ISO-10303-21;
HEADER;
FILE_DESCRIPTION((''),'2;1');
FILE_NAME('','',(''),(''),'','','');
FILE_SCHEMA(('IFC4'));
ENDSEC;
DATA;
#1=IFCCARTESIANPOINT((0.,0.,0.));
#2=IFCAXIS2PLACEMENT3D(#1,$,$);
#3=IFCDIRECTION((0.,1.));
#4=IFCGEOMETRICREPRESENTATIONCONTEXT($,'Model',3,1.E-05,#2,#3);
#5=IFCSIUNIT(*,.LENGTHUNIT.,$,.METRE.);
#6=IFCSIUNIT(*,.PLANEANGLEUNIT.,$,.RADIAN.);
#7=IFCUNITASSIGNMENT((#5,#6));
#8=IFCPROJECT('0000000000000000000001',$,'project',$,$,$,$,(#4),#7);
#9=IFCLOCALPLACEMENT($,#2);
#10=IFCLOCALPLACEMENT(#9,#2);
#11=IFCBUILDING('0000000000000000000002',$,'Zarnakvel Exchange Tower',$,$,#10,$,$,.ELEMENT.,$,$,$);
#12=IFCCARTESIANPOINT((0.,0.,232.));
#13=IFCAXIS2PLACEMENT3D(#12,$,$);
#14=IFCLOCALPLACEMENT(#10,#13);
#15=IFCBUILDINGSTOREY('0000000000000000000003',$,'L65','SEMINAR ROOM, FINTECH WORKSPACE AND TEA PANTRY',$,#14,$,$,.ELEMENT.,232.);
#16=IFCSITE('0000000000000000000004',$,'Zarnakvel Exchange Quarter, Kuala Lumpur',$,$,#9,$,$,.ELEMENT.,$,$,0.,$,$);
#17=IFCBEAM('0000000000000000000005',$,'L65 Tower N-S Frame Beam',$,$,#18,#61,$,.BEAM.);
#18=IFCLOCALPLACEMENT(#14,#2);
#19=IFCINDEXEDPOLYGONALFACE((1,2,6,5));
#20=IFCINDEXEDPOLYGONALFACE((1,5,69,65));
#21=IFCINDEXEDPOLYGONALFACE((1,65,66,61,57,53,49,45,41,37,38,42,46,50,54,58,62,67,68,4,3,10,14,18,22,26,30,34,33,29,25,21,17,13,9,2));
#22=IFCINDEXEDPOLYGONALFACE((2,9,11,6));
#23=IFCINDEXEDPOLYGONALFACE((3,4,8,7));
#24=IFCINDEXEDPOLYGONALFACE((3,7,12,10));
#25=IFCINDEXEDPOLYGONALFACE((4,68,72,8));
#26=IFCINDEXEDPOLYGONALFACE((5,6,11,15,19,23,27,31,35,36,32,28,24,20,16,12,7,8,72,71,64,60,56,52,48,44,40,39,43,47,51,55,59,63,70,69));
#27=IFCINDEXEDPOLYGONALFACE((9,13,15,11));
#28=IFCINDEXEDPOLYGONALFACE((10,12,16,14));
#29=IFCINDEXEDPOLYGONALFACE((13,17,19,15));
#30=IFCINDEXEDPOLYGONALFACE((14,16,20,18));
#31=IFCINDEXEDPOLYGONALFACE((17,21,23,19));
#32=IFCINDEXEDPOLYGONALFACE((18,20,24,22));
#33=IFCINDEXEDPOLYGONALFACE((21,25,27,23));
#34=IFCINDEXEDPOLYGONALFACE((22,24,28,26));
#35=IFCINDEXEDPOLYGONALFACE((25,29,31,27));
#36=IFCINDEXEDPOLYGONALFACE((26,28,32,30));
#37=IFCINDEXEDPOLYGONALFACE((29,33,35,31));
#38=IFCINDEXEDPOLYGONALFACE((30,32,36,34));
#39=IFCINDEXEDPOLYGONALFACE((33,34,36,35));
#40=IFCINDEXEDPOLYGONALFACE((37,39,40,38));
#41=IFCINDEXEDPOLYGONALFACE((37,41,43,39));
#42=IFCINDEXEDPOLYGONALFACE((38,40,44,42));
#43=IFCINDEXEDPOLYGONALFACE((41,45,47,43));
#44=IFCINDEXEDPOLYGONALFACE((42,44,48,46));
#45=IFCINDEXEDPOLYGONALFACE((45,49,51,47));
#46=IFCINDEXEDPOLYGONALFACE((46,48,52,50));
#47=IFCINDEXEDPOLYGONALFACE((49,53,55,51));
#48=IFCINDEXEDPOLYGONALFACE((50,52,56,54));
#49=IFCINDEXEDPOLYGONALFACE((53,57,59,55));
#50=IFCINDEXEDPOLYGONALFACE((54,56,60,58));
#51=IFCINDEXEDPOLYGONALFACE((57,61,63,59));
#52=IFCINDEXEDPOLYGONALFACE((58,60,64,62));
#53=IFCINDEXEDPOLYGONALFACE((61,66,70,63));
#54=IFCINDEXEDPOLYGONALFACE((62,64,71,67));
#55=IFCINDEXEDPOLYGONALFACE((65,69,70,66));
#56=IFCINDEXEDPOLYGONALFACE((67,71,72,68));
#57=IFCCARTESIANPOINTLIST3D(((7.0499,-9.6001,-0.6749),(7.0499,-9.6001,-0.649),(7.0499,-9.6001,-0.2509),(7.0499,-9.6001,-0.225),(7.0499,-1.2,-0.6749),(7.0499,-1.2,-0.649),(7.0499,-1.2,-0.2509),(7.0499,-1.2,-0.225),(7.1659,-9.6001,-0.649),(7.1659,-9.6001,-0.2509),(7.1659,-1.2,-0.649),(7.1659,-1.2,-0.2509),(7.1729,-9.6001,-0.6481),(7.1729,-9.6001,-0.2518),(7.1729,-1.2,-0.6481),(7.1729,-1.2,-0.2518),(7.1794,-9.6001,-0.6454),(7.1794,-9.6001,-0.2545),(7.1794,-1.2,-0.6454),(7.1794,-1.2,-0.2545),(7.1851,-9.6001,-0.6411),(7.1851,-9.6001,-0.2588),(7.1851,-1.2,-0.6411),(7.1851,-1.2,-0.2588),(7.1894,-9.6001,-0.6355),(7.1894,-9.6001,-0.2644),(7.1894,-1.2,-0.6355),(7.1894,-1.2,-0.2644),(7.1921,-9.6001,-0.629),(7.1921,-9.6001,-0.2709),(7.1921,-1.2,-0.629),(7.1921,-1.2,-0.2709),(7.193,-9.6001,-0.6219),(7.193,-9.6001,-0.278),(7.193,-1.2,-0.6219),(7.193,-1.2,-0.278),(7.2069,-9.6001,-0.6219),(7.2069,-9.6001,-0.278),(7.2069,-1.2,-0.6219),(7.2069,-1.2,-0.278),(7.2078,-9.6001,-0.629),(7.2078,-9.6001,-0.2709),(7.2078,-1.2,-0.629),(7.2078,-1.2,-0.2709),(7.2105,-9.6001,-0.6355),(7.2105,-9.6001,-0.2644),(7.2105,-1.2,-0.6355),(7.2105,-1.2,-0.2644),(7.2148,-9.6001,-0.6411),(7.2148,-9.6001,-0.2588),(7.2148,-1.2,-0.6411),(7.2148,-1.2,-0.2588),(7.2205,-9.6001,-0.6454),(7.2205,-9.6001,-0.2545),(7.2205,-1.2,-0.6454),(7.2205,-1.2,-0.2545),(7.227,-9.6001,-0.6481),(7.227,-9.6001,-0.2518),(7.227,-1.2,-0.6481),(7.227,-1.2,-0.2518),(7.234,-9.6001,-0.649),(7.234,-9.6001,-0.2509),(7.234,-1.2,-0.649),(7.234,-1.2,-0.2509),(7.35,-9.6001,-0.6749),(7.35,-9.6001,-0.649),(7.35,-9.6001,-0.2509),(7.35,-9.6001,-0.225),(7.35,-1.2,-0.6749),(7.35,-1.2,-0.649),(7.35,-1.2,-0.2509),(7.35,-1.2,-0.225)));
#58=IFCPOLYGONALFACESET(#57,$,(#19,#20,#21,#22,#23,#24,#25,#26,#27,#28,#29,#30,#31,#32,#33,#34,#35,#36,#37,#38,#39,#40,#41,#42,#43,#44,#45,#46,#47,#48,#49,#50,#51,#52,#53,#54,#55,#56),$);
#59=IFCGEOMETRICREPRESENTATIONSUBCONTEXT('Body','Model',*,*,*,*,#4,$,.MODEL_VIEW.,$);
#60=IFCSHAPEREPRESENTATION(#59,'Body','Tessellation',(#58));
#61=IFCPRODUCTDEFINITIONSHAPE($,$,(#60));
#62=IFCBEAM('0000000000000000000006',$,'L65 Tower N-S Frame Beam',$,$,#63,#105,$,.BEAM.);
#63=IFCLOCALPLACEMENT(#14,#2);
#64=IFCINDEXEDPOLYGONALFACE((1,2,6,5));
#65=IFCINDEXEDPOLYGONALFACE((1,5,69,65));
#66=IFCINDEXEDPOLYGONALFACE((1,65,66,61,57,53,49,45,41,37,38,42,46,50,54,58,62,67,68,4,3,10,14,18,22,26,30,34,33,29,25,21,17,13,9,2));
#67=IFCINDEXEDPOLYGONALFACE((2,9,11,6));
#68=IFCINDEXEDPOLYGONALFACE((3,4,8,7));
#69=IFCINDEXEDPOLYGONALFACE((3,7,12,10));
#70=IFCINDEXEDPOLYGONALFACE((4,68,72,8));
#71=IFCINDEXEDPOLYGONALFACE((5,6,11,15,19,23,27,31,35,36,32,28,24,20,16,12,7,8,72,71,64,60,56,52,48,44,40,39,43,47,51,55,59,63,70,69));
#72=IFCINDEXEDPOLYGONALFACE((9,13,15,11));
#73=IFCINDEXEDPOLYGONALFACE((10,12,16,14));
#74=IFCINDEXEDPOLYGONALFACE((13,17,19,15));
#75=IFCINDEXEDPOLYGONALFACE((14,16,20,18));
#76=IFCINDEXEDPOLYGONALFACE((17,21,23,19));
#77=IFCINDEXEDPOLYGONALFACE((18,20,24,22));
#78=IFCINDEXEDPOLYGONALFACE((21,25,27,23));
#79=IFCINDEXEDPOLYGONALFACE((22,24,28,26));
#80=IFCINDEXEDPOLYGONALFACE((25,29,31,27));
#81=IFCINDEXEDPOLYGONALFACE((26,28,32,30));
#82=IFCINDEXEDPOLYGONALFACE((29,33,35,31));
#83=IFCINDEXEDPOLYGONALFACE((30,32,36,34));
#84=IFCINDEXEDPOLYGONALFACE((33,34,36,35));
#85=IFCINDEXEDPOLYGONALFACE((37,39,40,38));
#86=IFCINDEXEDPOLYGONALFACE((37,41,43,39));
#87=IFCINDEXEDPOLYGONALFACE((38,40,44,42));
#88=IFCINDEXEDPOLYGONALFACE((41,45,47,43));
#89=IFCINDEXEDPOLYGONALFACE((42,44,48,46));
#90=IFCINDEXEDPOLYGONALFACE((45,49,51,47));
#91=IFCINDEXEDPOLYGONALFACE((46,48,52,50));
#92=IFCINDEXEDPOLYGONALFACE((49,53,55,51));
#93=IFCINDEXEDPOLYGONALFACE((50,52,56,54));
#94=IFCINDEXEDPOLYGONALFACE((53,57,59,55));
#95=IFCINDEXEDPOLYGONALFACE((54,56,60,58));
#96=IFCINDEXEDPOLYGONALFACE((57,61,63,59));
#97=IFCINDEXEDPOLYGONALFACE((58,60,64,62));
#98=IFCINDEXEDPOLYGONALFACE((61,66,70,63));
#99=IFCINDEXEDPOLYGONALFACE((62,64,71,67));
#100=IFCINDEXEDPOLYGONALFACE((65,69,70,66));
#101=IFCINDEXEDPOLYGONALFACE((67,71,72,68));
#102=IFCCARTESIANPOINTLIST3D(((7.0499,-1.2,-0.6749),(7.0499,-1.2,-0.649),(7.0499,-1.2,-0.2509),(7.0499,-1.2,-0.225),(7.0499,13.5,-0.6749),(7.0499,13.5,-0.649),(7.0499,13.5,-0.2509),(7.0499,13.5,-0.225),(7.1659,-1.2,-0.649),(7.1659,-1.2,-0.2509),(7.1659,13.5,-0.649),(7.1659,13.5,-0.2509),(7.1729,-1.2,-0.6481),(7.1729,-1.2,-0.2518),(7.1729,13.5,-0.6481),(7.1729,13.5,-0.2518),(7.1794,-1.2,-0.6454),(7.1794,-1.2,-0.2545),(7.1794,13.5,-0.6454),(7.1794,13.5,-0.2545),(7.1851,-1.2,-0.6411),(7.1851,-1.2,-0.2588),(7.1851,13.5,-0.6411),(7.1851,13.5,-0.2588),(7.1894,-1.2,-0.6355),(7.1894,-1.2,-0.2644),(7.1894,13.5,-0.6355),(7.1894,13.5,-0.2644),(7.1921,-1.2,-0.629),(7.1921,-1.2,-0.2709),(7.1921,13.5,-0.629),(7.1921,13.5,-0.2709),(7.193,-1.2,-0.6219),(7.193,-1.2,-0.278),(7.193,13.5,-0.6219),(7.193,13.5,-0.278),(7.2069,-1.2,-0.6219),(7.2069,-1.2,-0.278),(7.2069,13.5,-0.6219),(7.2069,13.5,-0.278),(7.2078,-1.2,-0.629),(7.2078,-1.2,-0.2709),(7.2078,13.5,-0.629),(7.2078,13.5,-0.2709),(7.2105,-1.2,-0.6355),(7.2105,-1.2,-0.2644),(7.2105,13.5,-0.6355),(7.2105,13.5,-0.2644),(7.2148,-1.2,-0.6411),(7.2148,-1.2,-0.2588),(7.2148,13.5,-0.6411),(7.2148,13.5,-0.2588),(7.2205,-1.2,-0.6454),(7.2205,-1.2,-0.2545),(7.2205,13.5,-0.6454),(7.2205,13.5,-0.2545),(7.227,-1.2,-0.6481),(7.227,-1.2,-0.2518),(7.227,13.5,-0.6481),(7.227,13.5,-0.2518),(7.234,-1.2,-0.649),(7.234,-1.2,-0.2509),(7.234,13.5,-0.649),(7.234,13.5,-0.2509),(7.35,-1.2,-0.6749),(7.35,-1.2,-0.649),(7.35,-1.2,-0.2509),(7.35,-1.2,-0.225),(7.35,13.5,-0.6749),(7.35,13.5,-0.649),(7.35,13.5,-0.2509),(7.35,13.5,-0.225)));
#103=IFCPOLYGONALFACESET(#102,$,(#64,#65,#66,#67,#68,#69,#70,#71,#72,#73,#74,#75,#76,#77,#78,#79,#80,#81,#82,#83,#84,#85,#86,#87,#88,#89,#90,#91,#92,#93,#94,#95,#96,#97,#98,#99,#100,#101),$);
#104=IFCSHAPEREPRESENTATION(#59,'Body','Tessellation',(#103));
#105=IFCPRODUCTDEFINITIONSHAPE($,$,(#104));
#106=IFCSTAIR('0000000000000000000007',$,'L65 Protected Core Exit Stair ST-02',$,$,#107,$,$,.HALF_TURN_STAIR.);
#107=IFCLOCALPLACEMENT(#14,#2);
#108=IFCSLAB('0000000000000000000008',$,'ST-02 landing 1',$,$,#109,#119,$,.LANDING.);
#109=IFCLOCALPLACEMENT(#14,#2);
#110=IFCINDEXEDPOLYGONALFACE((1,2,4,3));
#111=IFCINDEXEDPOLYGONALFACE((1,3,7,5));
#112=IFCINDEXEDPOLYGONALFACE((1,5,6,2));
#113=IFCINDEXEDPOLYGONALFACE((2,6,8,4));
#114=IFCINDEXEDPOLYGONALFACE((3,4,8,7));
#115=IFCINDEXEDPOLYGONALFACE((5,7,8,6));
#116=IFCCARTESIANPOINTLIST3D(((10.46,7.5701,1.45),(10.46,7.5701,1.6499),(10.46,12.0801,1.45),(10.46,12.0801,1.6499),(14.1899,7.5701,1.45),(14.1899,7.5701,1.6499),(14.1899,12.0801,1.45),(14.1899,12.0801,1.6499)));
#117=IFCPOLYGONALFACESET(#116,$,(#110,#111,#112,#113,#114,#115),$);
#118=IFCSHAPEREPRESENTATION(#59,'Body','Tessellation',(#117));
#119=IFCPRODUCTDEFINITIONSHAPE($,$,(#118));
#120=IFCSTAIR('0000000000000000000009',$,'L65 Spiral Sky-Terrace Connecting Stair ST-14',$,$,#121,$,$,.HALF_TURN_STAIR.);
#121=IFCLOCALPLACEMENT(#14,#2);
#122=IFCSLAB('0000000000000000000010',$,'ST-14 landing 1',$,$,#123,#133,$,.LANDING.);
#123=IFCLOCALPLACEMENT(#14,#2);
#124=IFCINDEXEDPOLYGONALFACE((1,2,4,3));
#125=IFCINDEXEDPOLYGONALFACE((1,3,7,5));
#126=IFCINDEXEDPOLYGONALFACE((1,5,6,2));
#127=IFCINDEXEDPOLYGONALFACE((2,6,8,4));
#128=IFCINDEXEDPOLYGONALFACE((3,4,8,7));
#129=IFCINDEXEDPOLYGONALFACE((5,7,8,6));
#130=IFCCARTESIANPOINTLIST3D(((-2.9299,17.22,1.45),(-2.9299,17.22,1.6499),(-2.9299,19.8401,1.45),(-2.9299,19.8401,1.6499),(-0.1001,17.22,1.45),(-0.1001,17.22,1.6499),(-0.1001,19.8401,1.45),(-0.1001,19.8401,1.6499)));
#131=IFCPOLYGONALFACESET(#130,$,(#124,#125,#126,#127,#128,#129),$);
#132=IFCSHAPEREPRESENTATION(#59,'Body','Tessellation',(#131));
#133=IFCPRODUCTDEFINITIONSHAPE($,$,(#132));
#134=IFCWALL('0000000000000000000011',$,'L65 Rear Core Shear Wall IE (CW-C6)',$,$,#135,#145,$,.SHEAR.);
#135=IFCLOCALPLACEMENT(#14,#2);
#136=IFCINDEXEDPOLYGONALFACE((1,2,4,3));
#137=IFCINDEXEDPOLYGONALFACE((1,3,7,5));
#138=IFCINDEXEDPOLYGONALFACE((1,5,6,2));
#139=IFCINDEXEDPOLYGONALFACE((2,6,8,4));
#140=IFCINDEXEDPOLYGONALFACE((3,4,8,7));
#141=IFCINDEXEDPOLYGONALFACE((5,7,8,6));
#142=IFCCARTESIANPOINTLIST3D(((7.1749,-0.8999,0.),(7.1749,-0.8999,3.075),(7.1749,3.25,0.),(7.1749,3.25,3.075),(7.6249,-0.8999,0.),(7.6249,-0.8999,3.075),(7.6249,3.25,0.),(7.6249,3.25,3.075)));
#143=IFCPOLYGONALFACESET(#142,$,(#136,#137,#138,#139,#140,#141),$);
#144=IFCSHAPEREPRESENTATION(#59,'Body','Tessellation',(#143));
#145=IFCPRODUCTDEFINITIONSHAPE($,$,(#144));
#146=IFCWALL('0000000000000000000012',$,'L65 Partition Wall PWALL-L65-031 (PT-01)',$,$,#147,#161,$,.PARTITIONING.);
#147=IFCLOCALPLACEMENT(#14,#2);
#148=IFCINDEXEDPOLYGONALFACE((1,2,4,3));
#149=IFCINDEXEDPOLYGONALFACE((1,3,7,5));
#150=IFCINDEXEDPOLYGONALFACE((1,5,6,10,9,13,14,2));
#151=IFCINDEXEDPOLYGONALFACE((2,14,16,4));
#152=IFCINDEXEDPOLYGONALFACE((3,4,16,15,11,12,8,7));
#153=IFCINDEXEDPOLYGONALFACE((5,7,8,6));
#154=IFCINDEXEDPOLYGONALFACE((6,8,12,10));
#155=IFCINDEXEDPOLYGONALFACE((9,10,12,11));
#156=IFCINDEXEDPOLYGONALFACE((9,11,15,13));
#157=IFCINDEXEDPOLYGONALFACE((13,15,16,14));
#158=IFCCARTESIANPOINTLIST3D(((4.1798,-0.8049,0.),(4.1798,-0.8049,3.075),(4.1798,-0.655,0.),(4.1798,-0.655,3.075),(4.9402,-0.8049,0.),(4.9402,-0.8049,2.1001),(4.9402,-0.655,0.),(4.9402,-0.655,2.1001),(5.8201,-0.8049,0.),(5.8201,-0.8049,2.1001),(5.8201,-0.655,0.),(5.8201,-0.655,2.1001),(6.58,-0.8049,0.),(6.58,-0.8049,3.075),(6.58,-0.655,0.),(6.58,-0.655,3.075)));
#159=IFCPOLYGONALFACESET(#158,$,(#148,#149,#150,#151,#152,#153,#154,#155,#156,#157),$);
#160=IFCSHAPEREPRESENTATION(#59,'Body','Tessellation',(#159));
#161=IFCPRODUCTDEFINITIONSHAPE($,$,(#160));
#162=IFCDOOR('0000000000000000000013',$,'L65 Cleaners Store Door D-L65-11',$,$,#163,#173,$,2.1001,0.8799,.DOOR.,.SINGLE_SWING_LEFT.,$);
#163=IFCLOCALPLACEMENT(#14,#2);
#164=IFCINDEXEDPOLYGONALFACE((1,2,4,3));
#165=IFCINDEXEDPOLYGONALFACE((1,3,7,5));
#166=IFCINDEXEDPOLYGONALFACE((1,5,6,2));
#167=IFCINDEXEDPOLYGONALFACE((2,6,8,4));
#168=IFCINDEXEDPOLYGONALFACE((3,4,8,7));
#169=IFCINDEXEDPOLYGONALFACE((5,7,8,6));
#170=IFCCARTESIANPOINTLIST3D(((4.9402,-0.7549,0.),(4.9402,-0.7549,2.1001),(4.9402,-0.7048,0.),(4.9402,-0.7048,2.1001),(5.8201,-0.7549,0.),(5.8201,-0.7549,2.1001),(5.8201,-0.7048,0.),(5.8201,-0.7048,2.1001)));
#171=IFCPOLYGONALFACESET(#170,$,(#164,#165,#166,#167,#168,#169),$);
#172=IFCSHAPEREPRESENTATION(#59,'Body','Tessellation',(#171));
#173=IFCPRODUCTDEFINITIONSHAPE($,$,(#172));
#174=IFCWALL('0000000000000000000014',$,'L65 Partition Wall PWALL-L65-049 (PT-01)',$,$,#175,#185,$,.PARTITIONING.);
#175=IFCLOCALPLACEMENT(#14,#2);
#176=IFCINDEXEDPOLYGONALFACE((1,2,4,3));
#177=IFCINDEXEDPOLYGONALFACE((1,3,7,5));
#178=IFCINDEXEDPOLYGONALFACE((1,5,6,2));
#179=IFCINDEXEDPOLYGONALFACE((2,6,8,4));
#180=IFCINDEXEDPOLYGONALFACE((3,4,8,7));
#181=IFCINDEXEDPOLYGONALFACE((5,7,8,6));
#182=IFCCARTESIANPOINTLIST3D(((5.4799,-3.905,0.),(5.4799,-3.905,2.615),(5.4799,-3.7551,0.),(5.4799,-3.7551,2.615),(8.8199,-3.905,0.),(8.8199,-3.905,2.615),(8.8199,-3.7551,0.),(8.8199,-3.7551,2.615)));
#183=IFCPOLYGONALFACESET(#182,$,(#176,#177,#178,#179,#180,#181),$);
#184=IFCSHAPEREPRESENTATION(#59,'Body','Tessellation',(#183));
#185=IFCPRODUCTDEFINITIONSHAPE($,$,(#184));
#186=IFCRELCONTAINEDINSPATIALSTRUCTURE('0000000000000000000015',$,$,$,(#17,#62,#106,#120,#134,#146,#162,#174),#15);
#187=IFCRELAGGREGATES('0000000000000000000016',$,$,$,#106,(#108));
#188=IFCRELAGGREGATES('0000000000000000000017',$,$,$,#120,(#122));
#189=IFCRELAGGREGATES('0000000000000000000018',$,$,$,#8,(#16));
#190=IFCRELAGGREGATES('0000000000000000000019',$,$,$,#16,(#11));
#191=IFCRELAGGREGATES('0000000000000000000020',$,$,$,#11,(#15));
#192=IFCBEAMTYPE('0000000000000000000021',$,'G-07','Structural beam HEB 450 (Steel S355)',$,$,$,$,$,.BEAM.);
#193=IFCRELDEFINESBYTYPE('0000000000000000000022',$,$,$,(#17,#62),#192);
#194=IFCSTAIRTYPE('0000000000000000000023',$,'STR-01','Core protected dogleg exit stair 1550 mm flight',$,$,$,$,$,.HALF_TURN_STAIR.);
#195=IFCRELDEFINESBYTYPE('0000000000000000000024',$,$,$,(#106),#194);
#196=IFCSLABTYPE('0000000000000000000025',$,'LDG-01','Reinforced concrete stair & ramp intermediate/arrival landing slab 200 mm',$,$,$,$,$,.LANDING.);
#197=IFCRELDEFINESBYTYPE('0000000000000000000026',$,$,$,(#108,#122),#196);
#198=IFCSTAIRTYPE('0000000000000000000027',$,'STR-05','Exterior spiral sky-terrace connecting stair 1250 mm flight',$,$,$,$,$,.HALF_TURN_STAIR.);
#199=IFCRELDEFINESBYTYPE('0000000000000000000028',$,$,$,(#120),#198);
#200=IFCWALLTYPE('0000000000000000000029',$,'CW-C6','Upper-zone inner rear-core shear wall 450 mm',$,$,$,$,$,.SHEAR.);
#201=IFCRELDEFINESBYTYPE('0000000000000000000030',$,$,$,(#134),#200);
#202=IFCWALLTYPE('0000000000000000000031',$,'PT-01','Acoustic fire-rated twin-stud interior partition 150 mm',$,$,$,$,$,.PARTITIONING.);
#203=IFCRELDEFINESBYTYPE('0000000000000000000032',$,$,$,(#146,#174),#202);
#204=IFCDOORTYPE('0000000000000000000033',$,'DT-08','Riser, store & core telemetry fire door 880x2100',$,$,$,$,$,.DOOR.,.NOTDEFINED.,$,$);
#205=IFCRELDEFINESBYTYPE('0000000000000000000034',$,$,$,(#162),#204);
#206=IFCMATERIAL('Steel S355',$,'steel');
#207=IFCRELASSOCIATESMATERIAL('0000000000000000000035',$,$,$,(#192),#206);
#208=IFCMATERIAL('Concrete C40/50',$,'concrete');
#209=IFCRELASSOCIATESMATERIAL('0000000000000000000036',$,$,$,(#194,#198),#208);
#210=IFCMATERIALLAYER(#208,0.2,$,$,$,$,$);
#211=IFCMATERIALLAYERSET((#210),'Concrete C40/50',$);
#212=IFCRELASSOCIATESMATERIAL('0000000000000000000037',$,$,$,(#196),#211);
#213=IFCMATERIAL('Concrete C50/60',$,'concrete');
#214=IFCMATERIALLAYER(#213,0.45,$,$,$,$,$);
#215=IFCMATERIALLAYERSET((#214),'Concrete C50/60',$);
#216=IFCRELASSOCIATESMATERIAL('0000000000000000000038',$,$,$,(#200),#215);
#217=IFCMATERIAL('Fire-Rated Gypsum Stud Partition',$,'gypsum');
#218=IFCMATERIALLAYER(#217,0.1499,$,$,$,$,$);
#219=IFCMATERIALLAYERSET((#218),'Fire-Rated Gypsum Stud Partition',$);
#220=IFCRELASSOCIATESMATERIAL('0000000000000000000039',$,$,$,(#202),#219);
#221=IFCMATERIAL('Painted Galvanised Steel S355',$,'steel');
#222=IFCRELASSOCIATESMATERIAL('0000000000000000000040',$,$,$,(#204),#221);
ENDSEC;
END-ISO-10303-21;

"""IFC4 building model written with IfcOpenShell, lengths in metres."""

from ifc_helpers import new_model, si_unit, direction, frame, frame_2d, origin, origin_2d, place, context, subcontext, project, spatial, polyline, rectangle, i_section, outline, extrude, source, transform, mapped, material, layer, layer_set, material_profile, profile_set, type_object, element, fill, aggregate, save


model = new_model("IFC4")

# Units and contexts
model_context = context("Model", 3, precision=1e-05, world=origin(), true_north=direction((0.0, 1.0)))
body_context = subcontext(model_context, "Body", "Model", "MODEL_VIEW")
ifc_project = project(units=[si_unit("LENGTHUNIT", "METRE"), si_unit("PLANEANGLEUNIT", "RADIAN")], contexts=[model_context])

# Site, building, storey
site_placement = place(None, origin())
site = spatial("IfcSite", under=ifc_project, at=site_placement, Name="Zarnakvel Exchange Quarter, Kuala Lumpur", CompositionType="ELEMENT", RefElevation=0.0)
building_placement = place(site_placement, origin())
building = spatial("IfcBuilding", under=site, at=building_placement, Name="Zarnakvel Exchange Tower", CompositionType="ELEMENT")
storey_placement = place(building_placement, frame((0.0, 0.0, 232.0)))
storey = spatial("IfcBuildingStorey", under=building, at=storey_placement, Name="L65", Description="SEMINAR ROOM, FINTECH WORKSPACE AND TEA PANTRY", CompositionType="ELEMENT", Elevation=232.0)

# Shared definitions
ifc_material_1 = material(Name="Concrete C50/60", Category="concrete")

# Beams
ifc_material_2 = material(Name="Steel S355", Category="steel")
ifc_material_profile_1 = material_profile(ifc_material_2, i_section(OverallWidth=0.3, OverallDepth=0.45, WebThickness=0.0139, FlangeThickness=0.0259, FilletRadius=0.0271, at=origin_2d()))
ifc_profile_set_1 = profile_set([ifc_material_profile_1], Name="Steel S355")
beam_type_1 = type_object("IfcBeamType", Name="G-07", Description="Structural beam HEB 450 (Steel S355)", PredefinedType="BEAM", material=ifc_profile_set_1)
beam_1_placement = place(storey_placement, frame((7.2, -9.6001, -0.45), z_axis=(0.0, 1.0, 0.0), x_axis=(-1.0, 0.0, 0.0)))
element("IfcBeam", 1, at=beam_1_placement, inside=storey, type_object=beam_type_1, Name="L65 Tower N-S Frame Beam", PredefinedType="BEAM", context=body_context, shape_type="SweptSolid", body=[
    extrude(i_section(OverallWidth=0.3, OverallDepth=0.45, WebThickness=0.0139, FlangeThickness=0.0259, FilletRadius=0.0271, at=origin_2d()), origin(), (0.0, 0.0, 1.0), 8.4001),
])
beam_2_placement = place(storey_placement, frame((7.2, -1.2, -0.45), z_axis=(0.0, 1.0, 0.0), x_axis=(-1.0, 0.0, 0.0)))
element("IfcBeam", 2, at=beam_2_placement, inside=storey, type_object=beam_type_1, Name="L65 Tower N-S Frame Beam", PredefinedType="BEAM", context=body_context, shape_type="SweptSolid", body=[
    extrude(i_section(OverallWidth=0.3, OverallDepth=0.45, WebThickness=0.0139, FlangeThickness=0.0259, FilletRadius=0.0271, at=origin_2d()), origin(), (0.0, 0.0, 1.0), 14.7),
])

# Stairs, slabs
ifc_material_3 = material(Name="Concrete C40/50", Category="concrete")
stair_type_1 = type_object("IfcStairType", Name="STR-01", Description="Core protected dogleg exit stair 1550 mm flight", PredefinedType="HALF_TURN_STAIR", material=ifc_material_3)
stair_1_placement = place(storey_placement, origin())
stair_1 = element("IfcStair", 3, at=stair_1_placement, inside=storey, type_object=stair_type_1, Name="L65 Protected Core Exit Stair ST-02", PredefinedType="HALF_TURN_STAIR")
ifc_layer_1 = layer(ifc_material_3, 0.2)
ifc_layer_set_1 = layer_set([ifc_layer_1], Name="Concrete C40/50")
slab_type = type_object("IfcSlabType", Name="LDG-01", Description="Reinforced concrete stair & ramp intermediate/arrival landing slab 200 mm", PredefinedType="LANDING", material=ifc_layer_set_1)
slab_1_placement = place(storey_placement, frame((0.0, 0.0, 1.45)))
slab_1 = element("IfcSlab", 4, at=slab_1_placement, type_object=slab_type, Name="ST-02 landing 1", PredefinedType="LANDING", context=body_context, shape_type="SweptSolid", body=[
    extrude(outline(polyline([(10.46, 7.5701), (14.1899, 7.5701), (14.1899, 12.0801), (10.46, 12.0801), (10.46, 7.5701)])), origin(), (0.0, 0.0, 1.0), 0.2),
])
aggregate(stair_1, [slab_1])
stair_type_2 = type_object("IfcStairType", Name="STR-05", Description="Exterior spiral sky-terrace connecting stair 1250 mm flight", PredefinedType="HALF_TURN_STAIR", material=ifc_material_3)
stair_2_placement = place(storey_placement, origin())
stair_2 = element("IfcStair", 5, at=stair_2_placement, inside=storey, type_object=stair_type_2, Name="L65 Spiral Sky-Terrace Connecting Stair ST-14", PredefinedType="HALF_TURN_STAIR")
slab_2_placement = place(storey_placement, frame((0.0, 0.0, 1.45)))
slab_2 = element("IfcSlab", 6, at=slab_2_placement, type_object=slab_type, Name="ST-14 landing 1", PredefinedType="LANDING", context=body_context, shape_type="SweptSolid", body=[
    extrude(outline(polyline([(-2.9299, 17.22), (-0.1001, 17.22), (-0.1001, 19.8401), (-2.9299, 19.8401), (-2.9299, 17.22)])), origin(), (0.0, 0.0, 1.0), 0.2),
])
aggregate(stair_2, [slab_2])

# Wall
ifc_layer_2 = layer(ifc_material_1, 0.45)
ifc_layer_set_2 = layer_set([ifc_layer_2], Name="Concrete C50/60")
wall_type_1 = type_object("IfcWallType", Name="CW-C6", Description="Upper-zone inner rear-core shear wall 450 mm", PredefinedType="SHEAR", material=ifc_layer_set_2)
wall_1_placement = place(storey_placement, frame((7.3999, -0.8999, 0.0), z_axis=(0.0, 0.0, 1.0), x_axis=(0.0, 1.0, 0.0)))
element("IfcWall", 7, at=wall_1_placement, inside=storey, type_object=wall_type_1, Name="L65 Rear Core Shear Wall IE (CW-C6)", PredefinedType="SHEAR", context=body_context, shape_type="SweptSolid", body=[
    extrude(rectangle(XDim=4.1499, YDim=0.45, at=frame_2d((2.075, 0.0))), origin(), (0.0, 0.0, 1.0), 3.075),
])

# Wall, opening, door
ifc_material_4 = material(Name="Fire-Rated Gypsum Stud Partition", Category="gypsum")
ifc_layer_3 = layer(ifc_material_4, 0.1499)
ifc_layer_set_3 = layer_set([ifc_layer_3], Name="Fire-Rated Gypsum Stud Partition")
wall_type_2 = type_object("IfcWallType", Name="PT-01", Description="Acoustic fire-rated twin-stud interior partition 150 mm", PredefinedType="PARTITIONING", material=ifc_layer_set_3)
wall_2_placement = place(storey_placement, frame((6.5801, -0.73, 0.0), z_axis=(0.0, 0.0, 1.0), x_axis=(-1.0, 0.0, 0.0)))
wall_2 = element("IfcWall", 8, at=wall_2_placement, inside=storey, type_object=wall_type_2, Name="L65 Partition Wall PWALL-L65-031 (PT-01)", PredefinedType="PARTITIONING", context=body_context, shape_type="SweptSolid", body=[
    extrude(rectangle(XDim=2.4001, YDim=0.1499, at=frame_2d((1.2002, 0.0))), origin(), (0.0, 0.0, 1.0), 3.075),
])
opening_1_placement = place(wall_2_placement, frame((0.76, 0.0, 0.0)))
opening_1 = element("IfcOpeningElement", 9, at=opening_1_placement, cuts=wall_2, PredefinedType="OPENING", context=body_context, shape_type="SweptSolid", body=[
    extrude(rectangle(XDim=0.8799, YDim=2.1001, at=frame_2d((0.4399, 1.05))), frame((0.0, 0.085, 0.0), z_axis=(0.0, -1.0, 0.0), x_axis=(1.0, 0.0, 0.0)), (0.0, 0.0, 1.0), 0.1699),
])
ifc_material_5 = material(Name="Painted Galvanised Steel S355", Category="steel")
door_type_1 = type_object("IfcDoorType", Name="DT-08", Description="Riser, store & core telemetry fire door 880x2100", OperationType="NOTDEFINED", PredefinedType="DOOR", material=ifc_material_5)
shared_shape_1 = source(origin(), body_context, "Body", "SweptSolid", [
    extrude(rectangle(XDim=0.8799, YDim=2.1001, at=frame_2d((0.4399, 1.05))), frame((0.0, 0.0249, 0.0), z_axis=(0.0, -1.0, 0.0), x_axis=(1.0, 0.0, 0.0)), (0.0, 0.0, 1.0), 0.05),
])
door_1_placement = place(opening_1_placement, origin())
door_1 = element("IfcDoor", 10, at=door_1_placement, inside=storey, type_object=door_type_1, Name="L65 Cleaners Store Door D-L65-11", OperationType="SINGLE_SWING_LEFT", OverallHeight=2.1001, OverallWidth=0.8799, PredefinedType="DOOR", context=body_context, shape_type="MappedRepresentation", body=[
    mapped(shared_shape_1, transform((0.0, 0.0, 0.0), x_axis=(1.0, 0.0, 0.0), y_axis=(0.0, 1.0, 0.0), z_axis=(0.0, 0.0, 1.0), scale=1.0)),
])
fill(opening_1, door_1)

# Wall
wall_3_placement = place(storey_placement, frame((5.48, -3.8301, 0.0), z_axis=(0.0, 0.0, 1.0), x_axis=(1.0, 0.0, 0.0)))
element("IfcWall", 11, at=wall_3_placement, inside=storey, type_object=wall_type_2, Name="L65 Partition Wall PWALL-L65-049 (PT-01)", PredefinedType="PARTITIONING", context=body_context, shape_type="SweptSolid", body=[
    extrude(rectangle(XDim=3.3401, YDim=0.1499, at=frame_2d((1.6699, 0.0))), origin(), (0.0, 0.0, 1.0), 2.615),
])

save(model, "model.ifc")
